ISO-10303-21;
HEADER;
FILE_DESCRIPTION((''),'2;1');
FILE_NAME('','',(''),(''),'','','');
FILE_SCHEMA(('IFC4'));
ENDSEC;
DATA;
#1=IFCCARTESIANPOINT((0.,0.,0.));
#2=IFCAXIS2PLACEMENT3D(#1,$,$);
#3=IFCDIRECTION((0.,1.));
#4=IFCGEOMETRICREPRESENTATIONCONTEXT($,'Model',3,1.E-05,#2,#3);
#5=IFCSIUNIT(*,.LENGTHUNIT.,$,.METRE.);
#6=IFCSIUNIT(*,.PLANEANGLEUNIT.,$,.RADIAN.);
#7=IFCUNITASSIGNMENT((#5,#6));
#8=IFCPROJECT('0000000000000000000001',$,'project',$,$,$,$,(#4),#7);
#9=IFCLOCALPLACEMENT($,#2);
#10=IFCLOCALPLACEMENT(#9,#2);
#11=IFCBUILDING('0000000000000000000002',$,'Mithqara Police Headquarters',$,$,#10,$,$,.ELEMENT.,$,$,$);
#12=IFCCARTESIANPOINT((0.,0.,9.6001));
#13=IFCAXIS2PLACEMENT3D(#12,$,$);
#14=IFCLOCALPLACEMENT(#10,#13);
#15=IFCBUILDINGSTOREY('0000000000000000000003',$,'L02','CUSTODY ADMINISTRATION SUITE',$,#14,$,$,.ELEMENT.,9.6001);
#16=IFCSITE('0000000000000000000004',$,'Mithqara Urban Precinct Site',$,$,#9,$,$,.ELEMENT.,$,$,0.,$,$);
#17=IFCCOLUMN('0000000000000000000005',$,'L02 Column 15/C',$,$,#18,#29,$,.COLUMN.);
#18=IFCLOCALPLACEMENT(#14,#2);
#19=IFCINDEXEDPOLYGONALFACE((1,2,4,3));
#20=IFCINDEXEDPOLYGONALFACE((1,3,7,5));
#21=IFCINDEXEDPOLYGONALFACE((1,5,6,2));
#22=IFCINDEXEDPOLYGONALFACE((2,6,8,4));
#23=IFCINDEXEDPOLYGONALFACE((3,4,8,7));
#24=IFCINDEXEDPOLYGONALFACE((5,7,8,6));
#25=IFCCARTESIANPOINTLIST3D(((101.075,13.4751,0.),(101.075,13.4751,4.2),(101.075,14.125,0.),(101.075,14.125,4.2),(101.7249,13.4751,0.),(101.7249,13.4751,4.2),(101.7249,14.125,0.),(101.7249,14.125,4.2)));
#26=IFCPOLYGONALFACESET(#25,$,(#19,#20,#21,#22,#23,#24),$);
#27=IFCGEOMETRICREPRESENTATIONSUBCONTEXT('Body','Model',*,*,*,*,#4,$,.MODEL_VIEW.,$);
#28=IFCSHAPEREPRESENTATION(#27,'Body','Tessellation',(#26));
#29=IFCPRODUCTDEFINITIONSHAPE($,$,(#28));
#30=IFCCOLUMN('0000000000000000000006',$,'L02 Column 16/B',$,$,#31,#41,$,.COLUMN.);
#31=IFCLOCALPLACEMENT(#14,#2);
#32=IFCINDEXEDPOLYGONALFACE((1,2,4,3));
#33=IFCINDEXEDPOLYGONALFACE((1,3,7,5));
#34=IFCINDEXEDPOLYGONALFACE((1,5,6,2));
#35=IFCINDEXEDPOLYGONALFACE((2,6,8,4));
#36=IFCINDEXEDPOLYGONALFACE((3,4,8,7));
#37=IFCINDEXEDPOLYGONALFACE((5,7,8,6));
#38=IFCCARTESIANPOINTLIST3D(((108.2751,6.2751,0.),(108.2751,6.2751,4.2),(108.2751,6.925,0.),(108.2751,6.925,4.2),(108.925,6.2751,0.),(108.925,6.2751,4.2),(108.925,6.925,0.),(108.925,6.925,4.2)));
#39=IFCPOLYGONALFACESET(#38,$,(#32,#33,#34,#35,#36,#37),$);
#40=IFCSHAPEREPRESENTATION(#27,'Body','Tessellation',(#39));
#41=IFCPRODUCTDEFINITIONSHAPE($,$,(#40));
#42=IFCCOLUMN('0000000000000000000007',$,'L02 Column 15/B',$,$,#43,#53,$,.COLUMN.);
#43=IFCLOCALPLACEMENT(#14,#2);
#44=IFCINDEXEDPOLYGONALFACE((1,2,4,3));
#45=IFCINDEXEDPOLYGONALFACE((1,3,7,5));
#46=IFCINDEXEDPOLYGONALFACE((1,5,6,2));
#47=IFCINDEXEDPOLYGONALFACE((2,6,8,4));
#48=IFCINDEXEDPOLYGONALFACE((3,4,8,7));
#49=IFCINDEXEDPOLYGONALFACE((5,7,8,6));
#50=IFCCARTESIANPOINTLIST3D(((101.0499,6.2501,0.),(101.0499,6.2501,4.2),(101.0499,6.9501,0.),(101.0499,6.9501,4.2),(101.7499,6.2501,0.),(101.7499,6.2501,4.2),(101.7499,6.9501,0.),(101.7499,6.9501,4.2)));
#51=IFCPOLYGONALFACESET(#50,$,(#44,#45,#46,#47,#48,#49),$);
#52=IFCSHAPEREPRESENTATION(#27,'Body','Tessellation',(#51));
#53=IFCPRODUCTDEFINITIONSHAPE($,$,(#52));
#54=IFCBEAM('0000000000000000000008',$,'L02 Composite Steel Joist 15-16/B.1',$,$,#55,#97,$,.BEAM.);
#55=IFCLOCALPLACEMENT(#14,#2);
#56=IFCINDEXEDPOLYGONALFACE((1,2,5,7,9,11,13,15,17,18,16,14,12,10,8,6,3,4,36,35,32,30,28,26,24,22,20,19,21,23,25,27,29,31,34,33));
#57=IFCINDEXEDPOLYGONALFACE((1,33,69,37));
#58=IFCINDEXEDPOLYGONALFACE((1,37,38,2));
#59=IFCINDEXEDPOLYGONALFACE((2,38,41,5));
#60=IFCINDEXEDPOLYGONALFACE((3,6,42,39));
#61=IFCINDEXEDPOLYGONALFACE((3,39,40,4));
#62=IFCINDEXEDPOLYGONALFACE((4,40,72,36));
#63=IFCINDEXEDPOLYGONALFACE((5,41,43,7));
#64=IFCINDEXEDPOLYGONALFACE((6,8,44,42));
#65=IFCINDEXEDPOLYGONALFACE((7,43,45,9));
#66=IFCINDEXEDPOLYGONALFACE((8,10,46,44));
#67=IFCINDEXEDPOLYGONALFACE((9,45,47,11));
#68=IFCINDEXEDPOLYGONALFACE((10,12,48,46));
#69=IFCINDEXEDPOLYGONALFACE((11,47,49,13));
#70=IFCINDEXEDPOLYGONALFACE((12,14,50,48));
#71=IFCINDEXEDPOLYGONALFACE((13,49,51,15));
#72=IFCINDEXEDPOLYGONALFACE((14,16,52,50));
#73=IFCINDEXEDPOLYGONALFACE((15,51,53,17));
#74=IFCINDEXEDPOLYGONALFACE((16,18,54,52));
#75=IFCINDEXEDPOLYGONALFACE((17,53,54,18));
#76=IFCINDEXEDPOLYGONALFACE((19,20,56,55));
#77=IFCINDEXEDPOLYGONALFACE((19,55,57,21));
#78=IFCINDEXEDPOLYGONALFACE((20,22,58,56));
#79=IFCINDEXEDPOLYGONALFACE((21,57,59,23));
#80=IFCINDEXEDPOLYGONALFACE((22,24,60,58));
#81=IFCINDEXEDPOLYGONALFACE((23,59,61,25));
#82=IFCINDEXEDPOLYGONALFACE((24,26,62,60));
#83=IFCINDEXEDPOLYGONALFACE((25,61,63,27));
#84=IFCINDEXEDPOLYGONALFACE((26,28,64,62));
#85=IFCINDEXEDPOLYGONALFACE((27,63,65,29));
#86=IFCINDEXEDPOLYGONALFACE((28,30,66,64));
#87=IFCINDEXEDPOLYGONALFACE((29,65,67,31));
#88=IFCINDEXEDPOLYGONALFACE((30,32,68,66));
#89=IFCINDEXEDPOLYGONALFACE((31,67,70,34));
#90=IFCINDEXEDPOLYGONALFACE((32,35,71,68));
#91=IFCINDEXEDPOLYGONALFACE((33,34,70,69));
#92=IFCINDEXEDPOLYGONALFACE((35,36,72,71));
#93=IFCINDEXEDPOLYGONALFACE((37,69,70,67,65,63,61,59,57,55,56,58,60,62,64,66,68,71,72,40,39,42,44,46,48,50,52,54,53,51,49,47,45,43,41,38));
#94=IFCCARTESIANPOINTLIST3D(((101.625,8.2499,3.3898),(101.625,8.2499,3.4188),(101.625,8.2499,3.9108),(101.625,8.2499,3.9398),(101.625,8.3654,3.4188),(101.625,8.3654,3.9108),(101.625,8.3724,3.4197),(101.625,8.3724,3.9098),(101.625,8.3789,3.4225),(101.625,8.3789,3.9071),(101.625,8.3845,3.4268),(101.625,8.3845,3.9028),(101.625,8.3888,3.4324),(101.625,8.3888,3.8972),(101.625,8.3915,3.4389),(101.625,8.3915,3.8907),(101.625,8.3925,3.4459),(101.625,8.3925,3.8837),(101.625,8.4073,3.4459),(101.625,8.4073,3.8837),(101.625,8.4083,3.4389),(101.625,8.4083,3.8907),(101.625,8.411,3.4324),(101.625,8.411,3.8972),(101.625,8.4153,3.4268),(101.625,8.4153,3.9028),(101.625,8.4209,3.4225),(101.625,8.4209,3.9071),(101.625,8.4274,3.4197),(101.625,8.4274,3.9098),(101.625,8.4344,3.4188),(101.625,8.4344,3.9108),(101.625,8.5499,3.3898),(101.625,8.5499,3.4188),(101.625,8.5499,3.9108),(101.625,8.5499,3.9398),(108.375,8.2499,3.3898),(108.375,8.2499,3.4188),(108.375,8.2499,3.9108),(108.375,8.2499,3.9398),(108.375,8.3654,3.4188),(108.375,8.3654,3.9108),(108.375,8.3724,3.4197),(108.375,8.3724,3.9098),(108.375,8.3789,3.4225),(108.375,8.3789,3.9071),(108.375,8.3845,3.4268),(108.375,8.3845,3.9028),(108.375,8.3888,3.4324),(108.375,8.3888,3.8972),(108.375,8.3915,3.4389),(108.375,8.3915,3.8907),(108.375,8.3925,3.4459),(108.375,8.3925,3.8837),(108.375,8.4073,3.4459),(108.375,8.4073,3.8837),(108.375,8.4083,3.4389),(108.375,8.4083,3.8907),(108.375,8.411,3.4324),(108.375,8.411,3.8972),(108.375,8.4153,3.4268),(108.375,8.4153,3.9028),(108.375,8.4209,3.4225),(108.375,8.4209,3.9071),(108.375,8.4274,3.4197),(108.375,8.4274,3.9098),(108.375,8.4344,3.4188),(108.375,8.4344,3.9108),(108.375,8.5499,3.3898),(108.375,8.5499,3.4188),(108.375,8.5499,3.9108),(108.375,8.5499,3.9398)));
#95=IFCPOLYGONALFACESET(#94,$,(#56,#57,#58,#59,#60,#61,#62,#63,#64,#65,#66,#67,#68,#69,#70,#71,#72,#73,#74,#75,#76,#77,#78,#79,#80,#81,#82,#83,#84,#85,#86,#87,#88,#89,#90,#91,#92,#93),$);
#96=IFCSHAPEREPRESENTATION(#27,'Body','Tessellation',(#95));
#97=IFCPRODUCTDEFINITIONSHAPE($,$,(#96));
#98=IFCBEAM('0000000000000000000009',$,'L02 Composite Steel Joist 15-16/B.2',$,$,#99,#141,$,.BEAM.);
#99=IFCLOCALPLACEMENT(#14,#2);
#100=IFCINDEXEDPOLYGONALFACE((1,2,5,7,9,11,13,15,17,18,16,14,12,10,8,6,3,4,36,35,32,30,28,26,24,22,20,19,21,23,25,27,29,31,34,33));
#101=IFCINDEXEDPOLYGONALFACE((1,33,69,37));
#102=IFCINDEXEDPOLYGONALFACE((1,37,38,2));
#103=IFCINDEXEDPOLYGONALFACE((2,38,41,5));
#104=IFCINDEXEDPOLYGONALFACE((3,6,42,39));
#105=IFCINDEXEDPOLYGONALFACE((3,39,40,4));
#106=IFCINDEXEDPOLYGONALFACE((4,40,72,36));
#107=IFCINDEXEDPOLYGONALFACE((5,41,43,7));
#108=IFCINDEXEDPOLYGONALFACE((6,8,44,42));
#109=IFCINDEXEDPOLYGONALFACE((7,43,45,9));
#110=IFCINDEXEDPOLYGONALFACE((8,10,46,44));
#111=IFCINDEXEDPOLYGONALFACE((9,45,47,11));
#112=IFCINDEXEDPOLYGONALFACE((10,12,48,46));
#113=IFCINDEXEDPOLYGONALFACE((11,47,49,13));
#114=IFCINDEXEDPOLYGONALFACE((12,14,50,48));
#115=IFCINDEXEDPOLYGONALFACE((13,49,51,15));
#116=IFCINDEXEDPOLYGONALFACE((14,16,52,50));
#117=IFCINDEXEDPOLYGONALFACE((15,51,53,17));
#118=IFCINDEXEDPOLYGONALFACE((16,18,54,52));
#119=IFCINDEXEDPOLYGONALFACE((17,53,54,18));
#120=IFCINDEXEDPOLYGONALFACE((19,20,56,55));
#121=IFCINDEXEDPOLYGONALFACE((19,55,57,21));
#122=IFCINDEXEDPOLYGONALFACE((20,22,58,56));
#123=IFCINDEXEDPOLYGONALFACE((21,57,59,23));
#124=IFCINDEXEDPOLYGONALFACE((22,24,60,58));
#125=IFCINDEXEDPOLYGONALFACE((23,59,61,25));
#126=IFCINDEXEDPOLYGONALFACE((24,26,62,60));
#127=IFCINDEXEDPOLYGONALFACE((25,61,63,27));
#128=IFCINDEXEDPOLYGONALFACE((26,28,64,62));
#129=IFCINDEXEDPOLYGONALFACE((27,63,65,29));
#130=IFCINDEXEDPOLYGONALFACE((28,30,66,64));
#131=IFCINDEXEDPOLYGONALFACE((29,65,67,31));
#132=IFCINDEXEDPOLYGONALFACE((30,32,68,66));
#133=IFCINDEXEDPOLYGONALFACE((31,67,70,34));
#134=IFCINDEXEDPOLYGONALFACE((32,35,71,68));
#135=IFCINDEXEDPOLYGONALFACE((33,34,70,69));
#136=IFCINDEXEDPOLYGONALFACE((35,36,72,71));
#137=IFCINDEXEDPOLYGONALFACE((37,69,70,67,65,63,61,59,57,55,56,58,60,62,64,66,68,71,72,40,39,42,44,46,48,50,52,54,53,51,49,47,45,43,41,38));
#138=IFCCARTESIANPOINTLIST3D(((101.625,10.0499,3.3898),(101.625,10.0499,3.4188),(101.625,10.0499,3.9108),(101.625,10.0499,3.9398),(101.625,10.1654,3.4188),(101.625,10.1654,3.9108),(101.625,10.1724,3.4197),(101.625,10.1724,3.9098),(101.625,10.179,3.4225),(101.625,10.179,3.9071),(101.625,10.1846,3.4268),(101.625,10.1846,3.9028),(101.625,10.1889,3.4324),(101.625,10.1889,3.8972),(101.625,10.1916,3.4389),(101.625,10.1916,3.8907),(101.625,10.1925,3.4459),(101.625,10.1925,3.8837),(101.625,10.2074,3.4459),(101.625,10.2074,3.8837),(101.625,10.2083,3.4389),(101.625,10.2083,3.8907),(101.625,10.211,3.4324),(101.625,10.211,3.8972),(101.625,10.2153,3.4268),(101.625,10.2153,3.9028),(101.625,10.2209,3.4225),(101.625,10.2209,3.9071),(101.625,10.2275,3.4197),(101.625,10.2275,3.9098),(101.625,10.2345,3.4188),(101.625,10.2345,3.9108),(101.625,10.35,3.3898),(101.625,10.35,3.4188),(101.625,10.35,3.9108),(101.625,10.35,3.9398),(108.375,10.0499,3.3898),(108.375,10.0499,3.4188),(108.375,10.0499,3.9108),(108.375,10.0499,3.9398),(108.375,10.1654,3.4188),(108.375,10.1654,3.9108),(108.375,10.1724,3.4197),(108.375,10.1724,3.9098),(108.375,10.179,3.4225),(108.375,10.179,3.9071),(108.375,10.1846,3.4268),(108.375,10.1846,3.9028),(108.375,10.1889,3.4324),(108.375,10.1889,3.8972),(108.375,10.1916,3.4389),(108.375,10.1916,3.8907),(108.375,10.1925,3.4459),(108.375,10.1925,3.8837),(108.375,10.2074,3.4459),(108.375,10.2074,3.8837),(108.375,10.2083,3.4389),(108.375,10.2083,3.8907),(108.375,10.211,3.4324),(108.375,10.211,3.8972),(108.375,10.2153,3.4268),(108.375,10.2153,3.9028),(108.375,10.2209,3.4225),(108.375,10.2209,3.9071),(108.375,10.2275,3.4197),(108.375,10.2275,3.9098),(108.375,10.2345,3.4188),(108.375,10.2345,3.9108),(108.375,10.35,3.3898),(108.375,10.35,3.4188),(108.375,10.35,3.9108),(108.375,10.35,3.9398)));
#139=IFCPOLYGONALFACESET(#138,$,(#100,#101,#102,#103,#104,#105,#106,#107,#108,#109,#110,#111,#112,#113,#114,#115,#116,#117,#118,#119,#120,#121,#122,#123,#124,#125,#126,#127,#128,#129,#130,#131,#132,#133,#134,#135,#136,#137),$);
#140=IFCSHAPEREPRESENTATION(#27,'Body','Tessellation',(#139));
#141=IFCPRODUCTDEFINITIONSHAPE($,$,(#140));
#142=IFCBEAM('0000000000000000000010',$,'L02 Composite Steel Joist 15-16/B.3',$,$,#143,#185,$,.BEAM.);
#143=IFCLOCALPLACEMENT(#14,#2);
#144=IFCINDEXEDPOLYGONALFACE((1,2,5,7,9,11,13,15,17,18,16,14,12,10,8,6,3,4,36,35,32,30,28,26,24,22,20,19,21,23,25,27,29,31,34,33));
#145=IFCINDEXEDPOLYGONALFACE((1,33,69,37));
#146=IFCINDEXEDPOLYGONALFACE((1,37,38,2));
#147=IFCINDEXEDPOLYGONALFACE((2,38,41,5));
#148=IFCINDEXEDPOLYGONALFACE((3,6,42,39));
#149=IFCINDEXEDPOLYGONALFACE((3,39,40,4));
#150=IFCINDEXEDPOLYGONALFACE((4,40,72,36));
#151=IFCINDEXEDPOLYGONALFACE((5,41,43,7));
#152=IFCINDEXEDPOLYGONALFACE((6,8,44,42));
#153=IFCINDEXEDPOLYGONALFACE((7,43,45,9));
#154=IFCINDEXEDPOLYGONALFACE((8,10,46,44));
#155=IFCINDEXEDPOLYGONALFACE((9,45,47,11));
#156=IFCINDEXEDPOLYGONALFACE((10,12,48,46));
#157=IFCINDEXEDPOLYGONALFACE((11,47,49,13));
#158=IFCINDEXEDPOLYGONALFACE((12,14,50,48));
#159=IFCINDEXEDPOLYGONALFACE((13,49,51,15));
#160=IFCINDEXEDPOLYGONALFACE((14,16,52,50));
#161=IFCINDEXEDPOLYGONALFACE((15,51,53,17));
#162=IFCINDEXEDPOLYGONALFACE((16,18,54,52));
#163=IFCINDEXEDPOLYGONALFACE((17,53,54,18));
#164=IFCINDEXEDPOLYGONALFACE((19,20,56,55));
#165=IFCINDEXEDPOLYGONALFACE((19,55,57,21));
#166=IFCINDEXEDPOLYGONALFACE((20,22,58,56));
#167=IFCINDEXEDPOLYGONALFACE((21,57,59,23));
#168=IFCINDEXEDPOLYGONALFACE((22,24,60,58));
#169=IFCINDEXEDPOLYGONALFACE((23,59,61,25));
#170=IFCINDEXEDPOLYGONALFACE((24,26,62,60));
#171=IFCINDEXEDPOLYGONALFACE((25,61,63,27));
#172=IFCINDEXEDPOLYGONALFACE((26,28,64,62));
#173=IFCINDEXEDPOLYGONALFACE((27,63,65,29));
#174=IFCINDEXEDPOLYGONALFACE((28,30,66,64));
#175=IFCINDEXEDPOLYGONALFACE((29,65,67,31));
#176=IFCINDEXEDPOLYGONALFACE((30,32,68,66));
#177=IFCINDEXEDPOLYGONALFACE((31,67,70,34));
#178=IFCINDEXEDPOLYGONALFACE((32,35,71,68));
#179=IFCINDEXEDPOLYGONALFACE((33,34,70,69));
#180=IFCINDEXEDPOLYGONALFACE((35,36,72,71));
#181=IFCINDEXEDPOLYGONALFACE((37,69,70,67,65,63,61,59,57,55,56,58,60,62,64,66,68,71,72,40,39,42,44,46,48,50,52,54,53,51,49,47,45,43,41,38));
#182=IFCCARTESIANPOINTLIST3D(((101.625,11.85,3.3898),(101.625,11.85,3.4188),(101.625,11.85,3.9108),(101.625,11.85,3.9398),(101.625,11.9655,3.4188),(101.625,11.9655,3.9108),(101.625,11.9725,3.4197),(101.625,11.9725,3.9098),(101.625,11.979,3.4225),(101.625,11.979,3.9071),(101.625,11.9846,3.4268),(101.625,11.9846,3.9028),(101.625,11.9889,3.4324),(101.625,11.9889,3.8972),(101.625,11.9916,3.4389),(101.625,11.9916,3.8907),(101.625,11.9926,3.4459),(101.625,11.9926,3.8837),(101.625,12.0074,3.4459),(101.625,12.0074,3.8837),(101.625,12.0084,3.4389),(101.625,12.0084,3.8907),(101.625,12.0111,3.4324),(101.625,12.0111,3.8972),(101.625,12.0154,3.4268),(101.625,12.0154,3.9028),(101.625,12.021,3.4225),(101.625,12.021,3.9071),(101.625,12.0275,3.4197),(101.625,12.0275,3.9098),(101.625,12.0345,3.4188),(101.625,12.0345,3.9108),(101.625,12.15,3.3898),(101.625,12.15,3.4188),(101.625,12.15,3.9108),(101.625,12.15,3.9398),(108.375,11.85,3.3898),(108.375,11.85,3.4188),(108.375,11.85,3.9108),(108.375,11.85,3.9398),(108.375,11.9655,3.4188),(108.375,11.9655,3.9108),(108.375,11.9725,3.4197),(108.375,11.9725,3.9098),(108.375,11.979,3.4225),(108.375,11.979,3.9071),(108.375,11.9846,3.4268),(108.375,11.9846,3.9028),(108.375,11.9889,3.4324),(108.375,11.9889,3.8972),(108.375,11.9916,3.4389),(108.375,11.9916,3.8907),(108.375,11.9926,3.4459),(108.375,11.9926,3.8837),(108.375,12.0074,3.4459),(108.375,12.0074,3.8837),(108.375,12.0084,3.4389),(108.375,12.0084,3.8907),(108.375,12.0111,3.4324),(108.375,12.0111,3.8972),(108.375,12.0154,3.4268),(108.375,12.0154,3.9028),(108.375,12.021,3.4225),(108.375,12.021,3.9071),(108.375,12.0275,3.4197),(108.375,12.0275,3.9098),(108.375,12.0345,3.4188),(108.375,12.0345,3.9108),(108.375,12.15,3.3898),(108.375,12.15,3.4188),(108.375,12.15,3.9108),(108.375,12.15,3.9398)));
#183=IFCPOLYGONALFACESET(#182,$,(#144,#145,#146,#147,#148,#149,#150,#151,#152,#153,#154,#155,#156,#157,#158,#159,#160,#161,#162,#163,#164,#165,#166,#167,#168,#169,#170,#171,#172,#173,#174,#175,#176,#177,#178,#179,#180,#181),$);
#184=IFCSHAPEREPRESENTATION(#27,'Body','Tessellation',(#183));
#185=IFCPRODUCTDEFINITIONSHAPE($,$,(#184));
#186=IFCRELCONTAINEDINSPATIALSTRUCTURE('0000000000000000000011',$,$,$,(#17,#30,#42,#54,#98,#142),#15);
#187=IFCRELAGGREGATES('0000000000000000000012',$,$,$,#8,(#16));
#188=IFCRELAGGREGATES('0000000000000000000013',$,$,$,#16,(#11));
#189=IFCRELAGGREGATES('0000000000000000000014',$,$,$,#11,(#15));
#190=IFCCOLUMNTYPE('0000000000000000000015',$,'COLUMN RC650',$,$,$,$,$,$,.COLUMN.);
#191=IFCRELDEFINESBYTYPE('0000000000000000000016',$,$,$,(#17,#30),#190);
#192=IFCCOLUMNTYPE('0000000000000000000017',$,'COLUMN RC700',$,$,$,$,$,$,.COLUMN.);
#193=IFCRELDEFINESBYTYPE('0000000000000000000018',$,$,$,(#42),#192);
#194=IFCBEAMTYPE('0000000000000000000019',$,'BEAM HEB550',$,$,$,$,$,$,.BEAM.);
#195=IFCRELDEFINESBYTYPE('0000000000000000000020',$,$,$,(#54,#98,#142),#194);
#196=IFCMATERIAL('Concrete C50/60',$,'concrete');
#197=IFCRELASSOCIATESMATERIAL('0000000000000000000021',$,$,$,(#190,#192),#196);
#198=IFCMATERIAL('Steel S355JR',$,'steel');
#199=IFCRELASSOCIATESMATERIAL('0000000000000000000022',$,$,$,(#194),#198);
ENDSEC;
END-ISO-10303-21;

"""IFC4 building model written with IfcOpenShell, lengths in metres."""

from ifc_helpers import new_model, si_unit, direction, frame, origin, origin_2d, place, context, subcontext, project, spatial, rectangle, i_section, extrude, material, material_profile, profile_set, type_object, element, save


model = new_model("IFC4")

# Units and contexts
model_context = context("Model", 3, precision=1e-05, world=origin(), true_north=direction((0.0, 1.0)))
body_context = subcontext(model_context, "Body", "Model", "MODEL_VIEW")
ifc_project = project(units=[si_unit("LENGTHUNIT", "METRE"), si_unit("PLANEANGLEUNIT", "RADIAN")], contexts=[model_context])

# Site, building, storey
site_placement = place(None, origin())
site = spatial("IfcSite", under=ifc_project, at=site_placement, Name="Mithqara Urban Precinct Site", CompositionType="ELEMENT", RefElevation=0.0)
building_placement = place(site_placement, origin())
building = spatial("IfcBuilding", under=site, at=building_placement, Name="Mithqara Police Headquarters", CompositionType="ELEMENT")
storey_placement = place(building_placement, frame((0.0, 0.0, 9.6001)))
storey = spatial("IfcBuildingStorey", under=building, at=storey_placement, Name="L02", Description="CUSTODY ADMINISTRATION SUITE", CompositionType="ELEMENT", Elevation=9.6001)

# Columns
ifc_material_1 = material(Name="Concrete C50/60", Category="concrete")
ifc_material_profile_1 = material_profile(ifc_material_1, rectangle(XDim=0.6499, YDim=0.6499, at=origin_2d()), Name="RC 650x650")
ifc_profile_set_1 = profile_set([ifc_material_profile_1], Name="Concrete C50/60")
column_type_1 = type_object("IfcColumnType", Name="COLUMN RC650", PredefinedType="COLUMN", material=ifc_profile_set_1)
for number, where, z_axis, x_axis, name in (
    (1, (101.3999, 13.8, 0.0), (0.0, 0.0, 1.0), (1.0, 0.0, 0.0), "L02 Column 15/C"),
    (2, (108.6001, 6.6001, 0.0), (0.0, 0.0, 1.0), (1.0, 0.0, 0.0), "L02 Column 16/B"),
):
    element("IfcColumn", number, at=place(storey_placement, frame(where, z_axis=z_axis, x_axis=x_axis)), inside=storey, type_object=column_type_1, Name=name, PredefinedType="COLUMN", context=body_context, shape_type="SweptSolid", body=[
        extrude(rectangle(XDim=0.6499, YDim=0.6499, at=origin_2d()), origin(), (0.0, 0.0, 1.0), 4.2),
    ])
ifc_material_profile_2 = material_profile(ifc_material_1, rectangle(XDim=0.7, YDim=0.7, at=origin_2d()), Name="RC 700x700")
ifc_profile_set_2 = profile_set([ifc_material_profile_2], Name="Concrete C50/60")
column_type_2 = type_object("IfcColumnType", Name="COLUMN RC700", PredefinedType="COLUMN", material=ifc_profile_set_2)
column_placement = place(storey_placement, frame((101.3999, 6.6001, 0.0), z_axis=(0.0, 0.0, 1.0), x_axis=(1.0, 0.0, 0.0)))
element("IfcColumn", 3, at=column_placement, inside=storey, type_object=column_type_2, Name="L02 Column 15/B", PredefinedType="COLUMN", context=body_context, shape_type="SweptSolid", body=[
    extrude(rectangle(XDim=0.7, YDim=0.7, at=origin_2d()), origin(), (0.0, 0.0, 1.0), 4.2),
])

# Beams
ifc_material_2 = material(Name="Steel S355JR", Category="steel")
ifc_material_profile_3 = material_profile(ifc_material_2, i_section(OverallWidth=0.3, OverallDepth=0.55, WebThickness=0.0149, FlangeThickness=0.0291, FilletRadius=0.0271, at=origin_2d()), Name="HEB 550")
ifc_profile_set_3 = profile_set([ifc_material_profile_3], Name="Steel S355JR")
beam_type_1 = type_object("IfcBeamType", Name="BEAM HEB550", PredefinedType="BEAM", material=ifc_profile_set_3)
for number, where, z_axis, x_axis, name in (
    (4, (101.625, 8.3999, 3.6648), (1.0, 0.0, 0.0), (0.0, 1.0, 0.0), "L02 Composite Steel Joist 15-16/B.1"),
    (5, (101.625, 10.2, 3.6648), (1.0, 0.0, 0.0), (0.0, 1.0, 0.0), "L02 Composite Steel Joist 15-16/B.2"),
    (6, (101.625, 12.0, 3.6648), (1.0, 0.0, 0.0), (0.0, 1.0, 0.0), "L02 Composite Steel Joist 15-16/B.3"),
):
    element("IfcBeam", number, at=place(storey_placement, frame(where, z_axis=z_axis, x_axis=x_axis)), inside=storey, type_object=beam_type_1, Name=name, PredefinedType="BEAM", context=body_context, shape_type="SweptSolid", body=[
        extrude(i_section(OverallWidth=0.3, OverallDepth=0.55, WebThickness=0.0149, FlangeThickness=0.0291, FilletRadius=0.0271, at=origin_2d()), origin(), (0.0, 0.0, 1.0), 6.75),
    ])

save(model, "model.ifc")
